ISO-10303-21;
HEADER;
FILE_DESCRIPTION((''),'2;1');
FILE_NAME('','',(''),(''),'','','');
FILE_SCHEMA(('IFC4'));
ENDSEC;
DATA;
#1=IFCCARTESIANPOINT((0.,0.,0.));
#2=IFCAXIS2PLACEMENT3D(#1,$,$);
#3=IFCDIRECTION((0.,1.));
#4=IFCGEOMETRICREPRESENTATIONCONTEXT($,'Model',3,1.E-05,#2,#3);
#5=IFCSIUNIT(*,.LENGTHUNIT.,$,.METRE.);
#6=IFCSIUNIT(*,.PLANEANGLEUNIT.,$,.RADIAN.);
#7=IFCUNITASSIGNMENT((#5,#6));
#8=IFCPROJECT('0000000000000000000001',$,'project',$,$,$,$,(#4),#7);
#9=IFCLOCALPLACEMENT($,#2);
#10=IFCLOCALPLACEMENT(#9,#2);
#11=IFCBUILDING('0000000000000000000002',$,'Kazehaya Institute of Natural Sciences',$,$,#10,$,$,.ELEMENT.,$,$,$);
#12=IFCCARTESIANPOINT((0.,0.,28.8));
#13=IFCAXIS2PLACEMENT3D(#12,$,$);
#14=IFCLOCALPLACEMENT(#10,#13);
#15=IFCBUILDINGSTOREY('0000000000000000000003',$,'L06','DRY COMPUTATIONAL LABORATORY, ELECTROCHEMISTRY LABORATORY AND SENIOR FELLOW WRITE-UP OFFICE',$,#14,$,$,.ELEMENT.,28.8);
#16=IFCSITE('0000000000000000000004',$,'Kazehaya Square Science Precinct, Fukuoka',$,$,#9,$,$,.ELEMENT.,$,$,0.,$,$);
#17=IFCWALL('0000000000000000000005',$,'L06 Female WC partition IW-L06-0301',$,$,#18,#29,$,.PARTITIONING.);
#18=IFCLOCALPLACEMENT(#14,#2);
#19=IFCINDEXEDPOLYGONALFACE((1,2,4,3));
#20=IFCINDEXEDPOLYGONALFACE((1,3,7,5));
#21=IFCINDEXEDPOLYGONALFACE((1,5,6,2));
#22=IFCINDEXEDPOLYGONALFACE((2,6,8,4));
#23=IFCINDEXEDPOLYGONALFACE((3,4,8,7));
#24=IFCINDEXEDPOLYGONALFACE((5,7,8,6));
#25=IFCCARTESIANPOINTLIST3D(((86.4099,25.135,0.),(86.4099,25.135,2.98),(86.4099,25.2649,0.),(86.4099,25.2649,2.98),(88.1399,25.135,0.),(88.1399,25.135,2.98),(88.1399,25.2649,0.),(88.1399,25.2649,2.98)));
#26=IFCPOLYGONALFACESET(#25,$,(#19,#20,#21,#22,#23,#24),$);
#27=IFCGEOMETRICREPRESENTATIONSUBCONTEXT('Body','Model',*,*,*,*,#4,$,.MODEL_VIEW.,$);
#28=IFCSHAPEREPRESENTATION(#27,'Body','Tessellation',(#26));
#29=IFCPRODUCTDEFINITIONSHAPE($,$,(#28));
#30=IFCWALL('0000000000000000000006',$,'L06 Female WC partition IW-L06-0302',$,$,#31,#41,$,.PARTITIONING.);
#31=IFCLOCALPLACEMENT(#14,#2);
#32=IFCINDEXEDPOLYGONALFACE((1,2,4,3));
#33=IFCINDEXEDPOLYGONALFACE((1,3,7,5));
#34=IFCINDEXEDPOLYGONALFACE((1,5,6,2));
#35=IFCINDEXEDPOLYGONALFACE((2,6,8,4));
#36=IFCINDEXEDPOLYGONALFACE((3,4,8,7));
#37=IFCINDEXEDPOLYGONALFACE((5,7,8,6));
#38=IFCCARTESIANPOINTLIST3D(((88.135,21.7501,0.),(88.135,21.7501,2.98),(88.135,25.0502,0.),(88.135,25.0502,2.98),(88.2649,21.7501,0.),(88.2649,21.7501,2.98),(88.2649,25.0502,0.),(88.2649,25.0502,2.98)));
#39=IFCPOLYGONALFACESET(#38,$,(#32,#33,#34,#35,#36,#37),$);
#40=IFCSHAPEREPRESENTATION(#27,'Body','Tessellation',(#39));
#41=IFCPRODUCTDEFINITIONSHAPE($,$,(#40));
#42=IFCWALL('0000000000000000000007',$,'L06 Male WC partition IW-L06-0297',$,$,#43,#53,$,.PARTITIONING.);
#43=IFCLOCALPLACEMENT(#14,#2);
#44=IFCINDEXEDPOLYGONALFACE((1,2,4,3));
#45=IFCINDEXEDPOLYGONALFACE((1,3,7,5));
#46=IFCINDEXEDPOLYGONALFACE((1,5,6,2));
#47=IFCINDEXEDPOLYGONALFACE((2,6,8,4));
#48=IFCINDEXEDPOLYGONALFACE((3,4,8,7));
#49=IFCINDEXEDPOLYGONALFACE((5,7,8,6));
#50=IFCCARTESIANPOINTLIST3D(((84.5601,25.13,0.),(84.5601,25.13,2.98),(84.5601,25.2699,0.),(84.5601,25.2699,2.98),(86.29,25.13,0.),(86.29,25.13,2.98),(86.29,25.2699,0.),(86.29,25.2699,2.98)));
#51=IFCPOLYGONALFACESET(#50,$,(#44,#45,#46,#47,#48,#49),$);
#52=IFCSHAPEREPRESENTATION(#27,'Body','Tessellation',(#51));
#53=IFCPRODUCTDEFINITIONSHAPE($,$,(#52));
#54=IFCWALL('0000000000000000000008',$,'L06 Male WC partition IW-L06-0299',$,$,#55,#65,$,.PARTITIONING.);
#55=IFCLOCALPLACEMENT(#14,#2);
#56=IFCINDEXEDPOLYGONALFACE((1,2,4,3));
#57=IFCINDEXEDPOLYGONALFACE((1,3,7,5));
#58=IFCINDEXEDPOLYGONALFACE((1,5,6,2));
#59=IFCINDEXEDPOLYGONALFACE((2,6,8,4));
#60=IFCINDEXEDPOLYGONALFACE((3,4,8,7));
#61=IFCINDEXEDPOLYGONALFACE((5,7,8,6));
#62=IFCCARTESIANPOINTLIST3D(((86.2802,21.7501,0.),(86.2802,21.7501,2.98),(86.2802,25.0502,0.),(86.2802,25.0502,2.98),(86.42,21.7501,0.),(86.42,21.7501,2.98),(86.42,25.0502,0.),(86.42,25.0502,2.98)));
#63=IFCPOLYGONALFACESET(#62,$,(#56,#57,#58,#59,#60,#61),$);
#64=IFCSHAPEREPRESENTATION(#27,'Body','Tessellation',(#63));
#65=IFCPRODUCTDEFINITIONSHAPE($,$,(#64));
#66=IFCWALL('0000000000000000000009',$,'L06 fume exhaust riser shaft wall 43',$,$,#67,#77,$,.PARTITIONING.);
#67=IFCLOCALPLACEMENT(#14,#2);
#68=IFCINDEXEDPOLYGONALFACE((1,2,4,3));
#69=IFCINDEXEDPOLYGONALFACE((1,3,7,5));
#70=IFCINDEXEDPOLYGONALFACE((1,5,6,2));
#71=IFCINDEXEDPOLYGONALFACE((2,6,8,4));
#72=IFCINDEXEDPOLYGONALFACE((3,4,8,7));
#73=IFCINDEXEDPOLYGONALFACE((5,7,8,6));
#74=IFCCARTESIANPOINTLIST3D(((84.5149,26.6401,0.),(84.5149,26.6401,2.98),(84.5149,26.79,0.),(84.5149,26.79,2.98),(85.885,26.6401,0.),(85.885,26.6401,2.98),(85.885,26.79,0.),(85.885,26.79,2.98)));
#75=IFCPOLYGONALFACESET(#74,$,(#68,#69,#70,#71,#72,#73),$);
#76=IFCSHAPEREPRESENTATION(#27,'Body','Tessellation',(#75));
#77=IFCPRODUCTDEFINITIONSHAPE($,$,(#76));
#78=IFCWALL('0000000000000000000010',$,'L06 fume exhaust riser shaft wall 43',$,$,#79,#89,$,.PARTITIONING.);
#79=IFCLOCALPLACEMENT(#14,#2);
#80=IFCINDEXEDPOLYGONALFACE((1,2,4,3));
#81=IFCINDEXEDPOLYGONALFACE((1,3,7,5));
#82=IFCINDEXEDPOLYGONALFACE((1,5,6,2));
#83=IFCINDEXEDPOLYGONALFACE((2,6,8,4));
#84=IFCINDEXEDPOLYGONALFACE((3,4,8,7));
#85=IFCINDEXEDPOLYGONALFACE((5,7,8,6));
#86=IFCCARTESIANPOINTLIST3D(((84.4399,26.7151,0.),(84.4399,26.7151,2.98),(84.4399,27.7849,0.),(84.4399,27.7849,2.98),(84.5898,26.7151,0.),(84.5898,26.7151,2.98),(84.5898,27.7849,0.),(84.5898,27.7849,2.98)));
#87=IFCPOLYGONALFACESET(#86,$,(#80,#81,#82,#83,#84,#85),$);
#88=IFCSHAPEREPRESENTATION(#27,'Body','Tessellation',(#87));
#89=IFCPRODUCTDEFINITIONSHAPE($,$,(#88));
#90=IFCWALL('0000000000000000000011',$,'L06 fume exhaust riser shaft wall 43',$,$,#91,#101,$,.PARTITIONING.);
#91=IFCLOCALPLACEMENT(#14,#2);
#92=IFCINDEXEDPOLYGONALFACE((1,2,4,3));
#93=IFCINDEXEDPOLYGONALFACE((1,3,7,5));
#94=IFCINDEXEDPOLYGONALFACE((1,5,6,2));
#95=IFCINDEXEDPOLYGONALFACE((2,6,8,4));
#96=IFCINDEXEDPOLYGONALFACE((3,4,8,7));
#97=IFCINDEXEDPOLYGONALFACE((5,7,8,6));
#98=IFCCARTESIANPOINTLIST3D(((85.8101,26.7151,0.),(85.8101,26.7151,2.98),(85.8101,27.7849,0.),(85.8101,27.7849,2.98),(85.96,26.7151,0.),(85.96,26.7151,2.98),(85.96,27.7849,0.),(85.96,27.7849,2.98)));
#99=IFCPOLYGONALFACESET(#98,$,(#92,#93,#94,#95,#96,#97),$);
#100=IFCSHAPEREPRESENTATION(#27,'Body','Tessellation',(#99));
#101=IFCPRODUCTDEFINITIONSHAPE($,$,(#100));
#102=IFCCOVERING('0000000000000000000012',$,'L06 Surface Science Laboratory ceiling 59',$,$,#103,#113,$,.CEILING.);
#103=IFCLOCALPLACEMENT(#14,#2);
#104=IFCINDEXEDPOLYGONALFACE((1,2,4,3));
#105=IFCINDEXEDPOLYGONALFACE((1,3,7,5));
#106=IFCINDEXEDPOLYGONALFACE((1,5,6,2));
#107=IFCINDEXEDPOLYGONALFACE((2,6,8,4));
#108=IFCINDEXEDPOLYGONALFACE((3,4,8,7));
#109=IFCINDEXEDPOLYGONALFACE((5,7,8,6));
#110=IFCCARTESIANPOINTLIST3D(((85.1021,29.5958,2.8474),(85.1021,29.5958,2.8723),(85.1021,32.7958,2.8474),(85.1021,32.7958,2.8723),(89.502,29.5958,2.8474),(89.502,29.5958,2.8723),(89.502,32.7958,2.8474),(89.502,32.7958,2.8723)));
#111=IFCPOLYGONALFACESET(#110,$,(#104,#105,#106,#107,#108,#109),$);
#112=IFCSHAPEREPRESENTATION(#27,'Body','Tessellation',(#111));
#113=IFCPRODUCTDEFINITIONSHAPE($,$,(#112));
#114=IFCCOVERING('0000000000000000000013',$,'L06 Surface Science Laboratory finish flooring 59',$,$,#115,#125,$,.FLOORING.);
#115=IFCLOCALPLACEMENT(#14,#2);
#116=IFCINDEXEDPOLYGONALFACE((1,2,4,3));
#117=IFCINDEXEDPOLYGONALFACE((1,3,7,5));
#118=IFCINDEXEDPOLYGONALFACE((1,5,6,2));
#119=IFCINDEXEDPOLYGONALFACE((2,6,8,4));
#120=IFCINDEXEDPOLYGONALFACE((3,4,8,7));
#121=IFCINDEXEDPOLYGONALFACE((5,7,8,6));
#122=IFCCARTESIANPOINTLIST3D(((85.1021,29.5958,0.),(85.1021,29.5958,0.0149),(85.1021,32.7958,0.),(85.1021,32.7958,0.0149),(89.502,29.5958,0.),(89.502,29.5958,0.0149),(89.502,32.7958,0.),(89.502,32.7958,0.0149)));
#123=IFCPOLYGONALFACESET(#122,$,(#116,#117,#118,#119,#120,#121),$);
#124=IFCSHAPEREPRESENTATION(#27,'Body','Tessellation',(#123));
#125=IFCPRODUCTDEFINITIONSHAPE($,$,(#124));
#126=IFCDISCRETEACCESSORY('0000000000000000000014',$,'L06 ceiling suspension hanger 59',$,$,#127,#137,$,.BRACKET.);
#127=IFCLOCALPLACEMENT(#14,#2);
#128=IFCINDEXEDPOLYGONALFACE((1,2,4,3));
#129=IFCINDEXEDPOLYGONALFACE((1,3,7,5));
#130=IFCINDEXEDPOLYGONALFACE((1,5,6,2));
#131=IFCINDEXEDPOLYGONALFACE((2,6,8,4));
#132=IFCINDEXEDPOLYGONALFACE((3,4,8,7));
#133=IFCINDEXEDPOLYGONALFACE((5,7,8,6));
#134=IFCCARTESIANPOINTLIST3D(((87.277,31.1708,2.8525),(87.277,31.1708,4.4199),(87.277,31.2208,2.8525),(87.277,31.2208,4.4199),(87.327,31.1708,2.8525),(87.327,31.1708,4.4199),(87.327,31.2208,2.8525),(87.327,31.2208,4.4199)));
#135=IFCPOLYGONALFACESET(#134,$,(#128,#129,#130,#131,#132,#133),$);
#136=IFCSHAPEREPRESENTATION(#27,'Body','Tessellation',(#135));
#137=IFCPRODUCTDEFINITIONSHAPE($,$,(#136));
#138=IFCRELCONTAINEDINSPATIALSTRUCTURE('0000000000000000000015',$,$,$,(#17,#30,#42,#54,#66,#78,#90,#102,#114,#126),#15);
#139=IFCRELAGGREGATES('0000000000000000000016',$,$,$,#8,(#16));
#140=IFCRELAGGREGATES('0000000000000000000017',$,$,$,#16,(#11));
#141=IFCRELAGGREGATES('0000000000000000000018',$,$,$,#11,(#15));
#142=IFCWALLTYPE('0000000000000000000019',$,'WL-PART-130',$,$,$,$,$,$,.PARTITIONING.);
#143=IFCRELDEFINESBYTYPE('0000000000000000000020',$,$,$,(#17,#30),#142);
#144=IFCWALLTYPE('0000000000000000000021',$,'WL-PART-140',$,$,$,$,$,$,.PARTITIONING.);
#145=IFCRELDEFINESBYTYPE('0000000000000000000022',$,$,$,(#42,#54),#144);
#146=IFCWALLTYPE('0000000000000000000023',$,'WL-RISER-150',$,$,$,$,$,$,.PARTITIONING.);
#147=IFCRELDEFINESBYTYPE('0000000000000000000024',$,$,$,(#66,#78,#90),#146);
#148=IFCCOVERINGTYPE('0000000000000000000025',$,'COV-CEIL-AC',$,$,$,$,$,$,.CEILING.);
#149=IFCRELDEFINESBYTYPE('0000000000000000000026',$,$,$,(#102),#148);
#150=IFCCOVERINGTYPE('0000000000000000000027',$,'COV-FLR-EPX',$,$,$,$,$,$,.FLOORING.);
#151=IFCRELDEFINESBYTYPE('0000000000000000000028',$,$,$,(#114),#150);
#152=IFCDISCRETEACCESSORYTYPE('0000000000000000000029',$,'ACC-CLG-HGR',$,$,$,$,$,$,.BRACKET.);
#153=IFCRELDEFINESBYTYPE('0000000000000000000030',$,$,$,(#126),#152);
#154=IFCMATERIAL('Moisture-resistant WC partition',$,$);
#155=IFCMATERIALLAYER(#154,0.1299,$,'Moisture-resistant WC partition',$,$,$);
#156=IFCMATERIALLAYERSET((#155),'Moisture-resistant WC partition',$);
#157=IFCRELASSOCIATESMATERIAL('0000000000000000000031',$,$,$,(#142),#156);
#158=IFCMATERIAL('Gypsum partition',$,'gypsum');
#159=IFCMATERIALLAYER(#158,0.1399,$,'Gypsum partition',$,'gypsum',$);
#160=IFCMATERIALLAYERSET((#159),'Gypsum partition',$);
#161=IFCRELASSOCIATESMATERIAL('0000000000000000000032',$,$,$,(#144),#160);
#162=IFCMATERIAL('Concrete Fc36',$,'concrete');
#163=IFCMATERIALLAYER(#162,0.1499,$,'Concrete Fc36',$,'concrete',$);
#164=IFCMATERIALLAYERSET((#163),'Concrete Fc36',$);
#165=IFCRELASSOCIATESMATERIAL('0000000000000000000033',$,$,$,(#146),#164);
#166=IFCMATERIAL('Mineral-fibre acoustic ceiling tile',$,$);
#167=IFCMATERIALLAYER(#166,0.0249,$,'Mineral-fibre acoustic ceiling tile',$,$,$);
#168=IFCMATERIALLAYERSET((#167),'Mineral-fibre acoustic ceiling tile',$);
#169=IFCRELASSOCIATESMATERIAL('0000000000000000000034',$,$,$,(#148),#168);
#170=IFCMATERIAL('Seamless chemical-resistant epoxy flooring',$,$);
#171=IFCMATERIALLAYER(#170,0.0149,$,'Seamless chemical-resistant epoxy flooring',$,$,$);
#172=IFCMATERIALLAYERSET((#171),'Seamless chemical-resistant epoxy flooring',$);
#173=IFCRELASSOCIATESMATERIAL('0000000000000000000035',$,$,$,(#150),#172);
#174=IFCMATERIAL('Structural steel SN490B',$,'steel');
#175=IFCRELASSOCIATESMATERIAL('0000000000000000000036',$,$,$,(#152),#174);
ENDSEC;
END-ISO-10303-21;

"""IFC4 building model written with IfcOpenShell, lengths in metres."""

from ifc_helpers import new_model, si_unit, direction, frame, frame_2d, origin, origin_2d, place, context, subcontext, project, spatial, rectangle, extrude, material, layer, layer_set, type_object, element, save


model = new_model("IFC4")

# Units and contexts
model_context = context("Model", 3, precision=1e-05, world=origin(), true_north=direction((0.0, 1.0)))
body_context = subcontext(model_context, "Body", "Model", "MODEL_VIEW")
ifc_project = project(units=[si_unit("LENGTHUNIT", "METRE"), si_unit("PLANEANGLEUNIT", "RADIAN")], contexts=[model_context])

# Site, building, storey
site_placement = place(None, origin())
site = spatial("IfcSite", under=ifc_project, at=site_placement, Name="Kazehaya Square Science Precinct, Fukuoka", CompositionType="ELEMENT", RefElevation=0.0)
building_placement = place(site_placement, origin())
building = spatial("IfcBuilding", under=site, at=building_placement, Name="Kazehaya Institute of Natural Sciences", CompositionType="ELEMENT")
storey_placement = place(building_placement, frame((0.0, 0.0, 28.8)))
storey = spatial("IfcBuildingStorey", under=building, at=storey_placement, Name="L06", Description="DRY COMPUTATIONAL LABORATORY, ELECTROCHEMISTRY LABORATORY AND SENIOR FELLOW WRITE-UP OFFICE", CompositionType="ELEMENT", Elevation=28.8)

# Shared definitions
ifc_material_1 = material(Name="Concrete Fc36", Category="concrete")

# Walls
ifc_material_2 = material(Name="Moisture-resistant WC partition")
ifc_layer_1 = layer(ifc_material_2, 0.1299, Name="Moisture-resistant WC partition")
ifc_layer_set_1 = layer_set([ifc_layer_1], Name="Moisture-resistant WC partition")
wall_type_1 = type_object("IfcWallType", Name="WL-PART-130", PredefinedType="PARTITIONING", material=ifc_layer_set_1)
wall_1_placement = place(storey_placement, frame((86.4099, 25.2, 0.0), z_axis=(0.0, 0.0, 1.0), x_axis=(1.0, 0.0, 0.0)))
element("IfcWall", 1, at=wall_1_placement, inside=storey, type_object=wall_type_1, Name="L06 Female WC partition IW-L06-0301", PredefinedType="PARTITIONING", context=body_context, shape_type="SweptSolid", body=[
    extrude(rectangle(XDim=1.73, YDim=0.1299, at=frame_2d((0.865, 0.0))), origin(), (0.0, 0.0, 1.0), 2.98),
])
wall_2_placement = place(storey_placement, frame((88.2, 25.05, 0.0), z_axis=(0.0, 0.0, 1.0), x_axis=(0.0, -1.0, 0.0)))
element("IfcWall", 2, at=wall_2_placement, inside=storey, type_object=wall_type_1, Name="L06 Female WC partition IW-L06-0302", PredefinedType="PARTITIONING", context=body_context, shape_type="SweptSolid", body=[
    extrude(rectangle(XDim=3.3, YDim=0.1299, at=frame_2d((1.6499, 0.0))), origin(), (0.0, 0.0, 1.0), 2.98),
])
ifc_material_3 = material(Name="Gypsum partition", Category="gypsum")
ifc_layer_2 = layer(ifc_material_3, 0.1399, Name="Gypsum partition", Category="gypsum")
ifc_layer_set_2 = layer_set([ifc_layer_2], Name="Gypsum partition")
wall_type_2 = type_object("IfcWallType", Name="WL-PART-140", PredefinedType="PARTITIONING", material=ifc_layer_set_2)
wall_3_placement = place(storey_placement, frame((84.5601, 25.2, 0.0), z_axis=(0.0, 0.0, 1.0), x_axis=(1.0, 0.0, 0.0)))
element("IfcWall", 3, at=wall_3_placement, inside=storey, type_object=wall_type_2, Name="L06 Male WC partition IW-L06-0297", PredefinedType="PARTITIONING", context=body_context, shape_type="SweptSolid", body=[
    extrude(rectangle(XDim=1.73, YDim=0.1399, at=frame_2d((0.865, 0.0))), origin(), (0.0, 0.0, 1.0), 2.98),
])
wall_4_placement = place(storey_placement, frame((86.3501, 25.05, 0.0), z_axis=(0.0, 0.0, 1.0), x_axis=(0.0, -1.0, 0.0)))
element("IfcWall", 4, at=wall_4_placement, inside=storey, type_object=wall_type_2, Name="L06 Male WC partition IW-L06-0299", PredefinedType="PARTITIONING", context=body_context, shape_type="SweptSolid", body=[
    extrude(rectangle(XDim=3.3, YDim=0.1399, at=frame_2d((1.6499, 0.0))), origin(), (0.0, 0.0, 1.0), 2.98),
])
ifc_layer_3 = layer(ifc_material_1, 0.1499, Name="Concrete Fc36", Category="concrete")
ifc_layer_set_3 = layer_set([ifc_layer_3], Name="Concrete Fc36")
wall_type_3 = type_object("IfcWallType", Name="WL-RISER-150", PredefinedType="PARTITIONING", material=ifc_layer_set_3)
wall_5_placement = place(storey_placement, frame((85.885, 26.7151, 0.0), z_axis=(0.0, 0.0, 1.0), x_axis=(-1.0, 0.0, 0.0)))
element("IfcWall", 5, at=wall_5_placement, inside=storey, type_object=wall_type_3, Name="L06 fume exhaust riser shaft wall 43", PredefinedType="PARTITIONING", context=body_context, shape_type="SweptSolid", body=[
    extrude(rectangle(XDim=1.3701, YDim=0.1499, at=frame_2d((0.6851, 0.0))), origin(), (0.0, 0.0, 1.0), 2.98),
])
for number, where, z_axis, x_axis, name in (
    (6, (84.5149, 26.7151, 0.0), (0.0, 0.0, 1.0), (0.0, 1.0, 0.0), "L06 fume exhaust riser shaft wall 43"),
    (7, (85.885, 27.7849, 0.0), (0.0, 0.0, 1.0), (0.0, -1.0, 0.0), "L06 fume exhaust riser shaft wall 43"),
):
    element("IfcWall", number, at=place(storey_placement, frame(where, z_axis=z_axis, x_axis=x_axis)), inside=storey, type_object=wall_type_3, Name=name, PredefinedType="PARTITIONING", context=body_context, shape_type="SweptSolid", body=[
        extrude(rectangle(XDim=1.0698, YDim=0.1499, at=frame_2d((0.5349, 0.0))), origin(), (0.0, 0.0, 1.0), 2.98),
    ])

# Coverings
ifc_material_4 = material(Name="Mineral-fibre acoustic ceiling tile")
ifc_layer_4 = layer(ifc_material_4, 0.0249, Name="Mineral-fibre acoustic ceiling tile")
ifc_layer_set_4 = layer_set([ifc_layer_4], Name="Mineral-fibre acoustic ceiling tile")
covering_type_1 = type_object("IfcCoveringType", Name="COV-CEIL-AC", PredefinedType="CEILING", material=ifc_layer_set_4)
covering_1_placement = place(storey_placement, frame((87.302, 31.1958, 2.8474), z_axis=(0.0, 0.0, 1.0), x_axis=(1.0, 0.0, 0.0)))
element("IfcCovering", 8, at=covering_1_placement, inside=storey, type_object=covering_type_1, Name="L06 Surface Science Laboratory ceiling 59", PredefinedType="CEILING", context=body_context, shape_type="SweptSolid", body=[
    extrude(rectangle(XDim=4.3999, YDim=3.2, at=origin_2d()), origin(), (0.0, 0.0, 1.0), 0.0249),
])
ifc_material_5 = material(Name="Seamless chemical-resistant epoxy flooring")
ifc_layer_5 = layer(ifc_material_5, 0.0149, Name="Seamless chemical-resistant epoxy flooring")
ifc_layer_set_5 = layer_set([ifc_layer_5], Name="Seamless chemical-resistant epoxy flooring")
covering_type_2 = type_object("IfcCoveringType", Name="COV-FLR-EPX", PredefinedType="FLOORING", material=ifc_layer_set_5)
covering_2_placement = place(storey_placement, frame((87.302, 31.1958, 0.0), z_axis=(0.0, 0.0, 1.0), x_axis=(1.0, 0.0, 0.0)))
element("IfcCovering", 9, at=covering_2_placement, inside=storey, type_object=covering_type_2, Name="L06 Surface Science Laboratory finish flooring 59", PredefinedType="FLOORING", context=body_context, shape_type="SweptSolid", body=[
    extrude(rectangle(XDim=4.3999, YDim=3.2, at=origin_2d()), origin(), (0.0, 0.0, 1.0), 0.0149),
])

# Discrete accessory
ifc_material_6 = material(Name="Structural steel SN490B", Category="steel")
discrete_accessory_type = type_object("IfcDiscreteAccessoryType", Name="ACC-CLG-HGR", PredefinedType="BRACKET", material=ifc_material_6)
discrete_accessory_placement = place(storey_placement, frame((87.302, 31.1958, 2.8525), z_axis=(0.0, 0.0, 1.0), x_axis=(1.0, 0.0, 0.0)))
element("IfcDiscreteAccessory", 10, at=discrete_accessory_placement, inside=storey, type_object=discrete_accessory_type, Name="L06 ceiling suspension hanger 59", PredefinedType="BRACKET", context=body_context, shape_type="SweptSolid", body=[
    extrude(rectangle(XDim=0.05, YDim=0.05, at=origin_2d()), origin(), (0.0, 0.0, 1.0), 1.5674),
])

save(model, "model.ifc")
